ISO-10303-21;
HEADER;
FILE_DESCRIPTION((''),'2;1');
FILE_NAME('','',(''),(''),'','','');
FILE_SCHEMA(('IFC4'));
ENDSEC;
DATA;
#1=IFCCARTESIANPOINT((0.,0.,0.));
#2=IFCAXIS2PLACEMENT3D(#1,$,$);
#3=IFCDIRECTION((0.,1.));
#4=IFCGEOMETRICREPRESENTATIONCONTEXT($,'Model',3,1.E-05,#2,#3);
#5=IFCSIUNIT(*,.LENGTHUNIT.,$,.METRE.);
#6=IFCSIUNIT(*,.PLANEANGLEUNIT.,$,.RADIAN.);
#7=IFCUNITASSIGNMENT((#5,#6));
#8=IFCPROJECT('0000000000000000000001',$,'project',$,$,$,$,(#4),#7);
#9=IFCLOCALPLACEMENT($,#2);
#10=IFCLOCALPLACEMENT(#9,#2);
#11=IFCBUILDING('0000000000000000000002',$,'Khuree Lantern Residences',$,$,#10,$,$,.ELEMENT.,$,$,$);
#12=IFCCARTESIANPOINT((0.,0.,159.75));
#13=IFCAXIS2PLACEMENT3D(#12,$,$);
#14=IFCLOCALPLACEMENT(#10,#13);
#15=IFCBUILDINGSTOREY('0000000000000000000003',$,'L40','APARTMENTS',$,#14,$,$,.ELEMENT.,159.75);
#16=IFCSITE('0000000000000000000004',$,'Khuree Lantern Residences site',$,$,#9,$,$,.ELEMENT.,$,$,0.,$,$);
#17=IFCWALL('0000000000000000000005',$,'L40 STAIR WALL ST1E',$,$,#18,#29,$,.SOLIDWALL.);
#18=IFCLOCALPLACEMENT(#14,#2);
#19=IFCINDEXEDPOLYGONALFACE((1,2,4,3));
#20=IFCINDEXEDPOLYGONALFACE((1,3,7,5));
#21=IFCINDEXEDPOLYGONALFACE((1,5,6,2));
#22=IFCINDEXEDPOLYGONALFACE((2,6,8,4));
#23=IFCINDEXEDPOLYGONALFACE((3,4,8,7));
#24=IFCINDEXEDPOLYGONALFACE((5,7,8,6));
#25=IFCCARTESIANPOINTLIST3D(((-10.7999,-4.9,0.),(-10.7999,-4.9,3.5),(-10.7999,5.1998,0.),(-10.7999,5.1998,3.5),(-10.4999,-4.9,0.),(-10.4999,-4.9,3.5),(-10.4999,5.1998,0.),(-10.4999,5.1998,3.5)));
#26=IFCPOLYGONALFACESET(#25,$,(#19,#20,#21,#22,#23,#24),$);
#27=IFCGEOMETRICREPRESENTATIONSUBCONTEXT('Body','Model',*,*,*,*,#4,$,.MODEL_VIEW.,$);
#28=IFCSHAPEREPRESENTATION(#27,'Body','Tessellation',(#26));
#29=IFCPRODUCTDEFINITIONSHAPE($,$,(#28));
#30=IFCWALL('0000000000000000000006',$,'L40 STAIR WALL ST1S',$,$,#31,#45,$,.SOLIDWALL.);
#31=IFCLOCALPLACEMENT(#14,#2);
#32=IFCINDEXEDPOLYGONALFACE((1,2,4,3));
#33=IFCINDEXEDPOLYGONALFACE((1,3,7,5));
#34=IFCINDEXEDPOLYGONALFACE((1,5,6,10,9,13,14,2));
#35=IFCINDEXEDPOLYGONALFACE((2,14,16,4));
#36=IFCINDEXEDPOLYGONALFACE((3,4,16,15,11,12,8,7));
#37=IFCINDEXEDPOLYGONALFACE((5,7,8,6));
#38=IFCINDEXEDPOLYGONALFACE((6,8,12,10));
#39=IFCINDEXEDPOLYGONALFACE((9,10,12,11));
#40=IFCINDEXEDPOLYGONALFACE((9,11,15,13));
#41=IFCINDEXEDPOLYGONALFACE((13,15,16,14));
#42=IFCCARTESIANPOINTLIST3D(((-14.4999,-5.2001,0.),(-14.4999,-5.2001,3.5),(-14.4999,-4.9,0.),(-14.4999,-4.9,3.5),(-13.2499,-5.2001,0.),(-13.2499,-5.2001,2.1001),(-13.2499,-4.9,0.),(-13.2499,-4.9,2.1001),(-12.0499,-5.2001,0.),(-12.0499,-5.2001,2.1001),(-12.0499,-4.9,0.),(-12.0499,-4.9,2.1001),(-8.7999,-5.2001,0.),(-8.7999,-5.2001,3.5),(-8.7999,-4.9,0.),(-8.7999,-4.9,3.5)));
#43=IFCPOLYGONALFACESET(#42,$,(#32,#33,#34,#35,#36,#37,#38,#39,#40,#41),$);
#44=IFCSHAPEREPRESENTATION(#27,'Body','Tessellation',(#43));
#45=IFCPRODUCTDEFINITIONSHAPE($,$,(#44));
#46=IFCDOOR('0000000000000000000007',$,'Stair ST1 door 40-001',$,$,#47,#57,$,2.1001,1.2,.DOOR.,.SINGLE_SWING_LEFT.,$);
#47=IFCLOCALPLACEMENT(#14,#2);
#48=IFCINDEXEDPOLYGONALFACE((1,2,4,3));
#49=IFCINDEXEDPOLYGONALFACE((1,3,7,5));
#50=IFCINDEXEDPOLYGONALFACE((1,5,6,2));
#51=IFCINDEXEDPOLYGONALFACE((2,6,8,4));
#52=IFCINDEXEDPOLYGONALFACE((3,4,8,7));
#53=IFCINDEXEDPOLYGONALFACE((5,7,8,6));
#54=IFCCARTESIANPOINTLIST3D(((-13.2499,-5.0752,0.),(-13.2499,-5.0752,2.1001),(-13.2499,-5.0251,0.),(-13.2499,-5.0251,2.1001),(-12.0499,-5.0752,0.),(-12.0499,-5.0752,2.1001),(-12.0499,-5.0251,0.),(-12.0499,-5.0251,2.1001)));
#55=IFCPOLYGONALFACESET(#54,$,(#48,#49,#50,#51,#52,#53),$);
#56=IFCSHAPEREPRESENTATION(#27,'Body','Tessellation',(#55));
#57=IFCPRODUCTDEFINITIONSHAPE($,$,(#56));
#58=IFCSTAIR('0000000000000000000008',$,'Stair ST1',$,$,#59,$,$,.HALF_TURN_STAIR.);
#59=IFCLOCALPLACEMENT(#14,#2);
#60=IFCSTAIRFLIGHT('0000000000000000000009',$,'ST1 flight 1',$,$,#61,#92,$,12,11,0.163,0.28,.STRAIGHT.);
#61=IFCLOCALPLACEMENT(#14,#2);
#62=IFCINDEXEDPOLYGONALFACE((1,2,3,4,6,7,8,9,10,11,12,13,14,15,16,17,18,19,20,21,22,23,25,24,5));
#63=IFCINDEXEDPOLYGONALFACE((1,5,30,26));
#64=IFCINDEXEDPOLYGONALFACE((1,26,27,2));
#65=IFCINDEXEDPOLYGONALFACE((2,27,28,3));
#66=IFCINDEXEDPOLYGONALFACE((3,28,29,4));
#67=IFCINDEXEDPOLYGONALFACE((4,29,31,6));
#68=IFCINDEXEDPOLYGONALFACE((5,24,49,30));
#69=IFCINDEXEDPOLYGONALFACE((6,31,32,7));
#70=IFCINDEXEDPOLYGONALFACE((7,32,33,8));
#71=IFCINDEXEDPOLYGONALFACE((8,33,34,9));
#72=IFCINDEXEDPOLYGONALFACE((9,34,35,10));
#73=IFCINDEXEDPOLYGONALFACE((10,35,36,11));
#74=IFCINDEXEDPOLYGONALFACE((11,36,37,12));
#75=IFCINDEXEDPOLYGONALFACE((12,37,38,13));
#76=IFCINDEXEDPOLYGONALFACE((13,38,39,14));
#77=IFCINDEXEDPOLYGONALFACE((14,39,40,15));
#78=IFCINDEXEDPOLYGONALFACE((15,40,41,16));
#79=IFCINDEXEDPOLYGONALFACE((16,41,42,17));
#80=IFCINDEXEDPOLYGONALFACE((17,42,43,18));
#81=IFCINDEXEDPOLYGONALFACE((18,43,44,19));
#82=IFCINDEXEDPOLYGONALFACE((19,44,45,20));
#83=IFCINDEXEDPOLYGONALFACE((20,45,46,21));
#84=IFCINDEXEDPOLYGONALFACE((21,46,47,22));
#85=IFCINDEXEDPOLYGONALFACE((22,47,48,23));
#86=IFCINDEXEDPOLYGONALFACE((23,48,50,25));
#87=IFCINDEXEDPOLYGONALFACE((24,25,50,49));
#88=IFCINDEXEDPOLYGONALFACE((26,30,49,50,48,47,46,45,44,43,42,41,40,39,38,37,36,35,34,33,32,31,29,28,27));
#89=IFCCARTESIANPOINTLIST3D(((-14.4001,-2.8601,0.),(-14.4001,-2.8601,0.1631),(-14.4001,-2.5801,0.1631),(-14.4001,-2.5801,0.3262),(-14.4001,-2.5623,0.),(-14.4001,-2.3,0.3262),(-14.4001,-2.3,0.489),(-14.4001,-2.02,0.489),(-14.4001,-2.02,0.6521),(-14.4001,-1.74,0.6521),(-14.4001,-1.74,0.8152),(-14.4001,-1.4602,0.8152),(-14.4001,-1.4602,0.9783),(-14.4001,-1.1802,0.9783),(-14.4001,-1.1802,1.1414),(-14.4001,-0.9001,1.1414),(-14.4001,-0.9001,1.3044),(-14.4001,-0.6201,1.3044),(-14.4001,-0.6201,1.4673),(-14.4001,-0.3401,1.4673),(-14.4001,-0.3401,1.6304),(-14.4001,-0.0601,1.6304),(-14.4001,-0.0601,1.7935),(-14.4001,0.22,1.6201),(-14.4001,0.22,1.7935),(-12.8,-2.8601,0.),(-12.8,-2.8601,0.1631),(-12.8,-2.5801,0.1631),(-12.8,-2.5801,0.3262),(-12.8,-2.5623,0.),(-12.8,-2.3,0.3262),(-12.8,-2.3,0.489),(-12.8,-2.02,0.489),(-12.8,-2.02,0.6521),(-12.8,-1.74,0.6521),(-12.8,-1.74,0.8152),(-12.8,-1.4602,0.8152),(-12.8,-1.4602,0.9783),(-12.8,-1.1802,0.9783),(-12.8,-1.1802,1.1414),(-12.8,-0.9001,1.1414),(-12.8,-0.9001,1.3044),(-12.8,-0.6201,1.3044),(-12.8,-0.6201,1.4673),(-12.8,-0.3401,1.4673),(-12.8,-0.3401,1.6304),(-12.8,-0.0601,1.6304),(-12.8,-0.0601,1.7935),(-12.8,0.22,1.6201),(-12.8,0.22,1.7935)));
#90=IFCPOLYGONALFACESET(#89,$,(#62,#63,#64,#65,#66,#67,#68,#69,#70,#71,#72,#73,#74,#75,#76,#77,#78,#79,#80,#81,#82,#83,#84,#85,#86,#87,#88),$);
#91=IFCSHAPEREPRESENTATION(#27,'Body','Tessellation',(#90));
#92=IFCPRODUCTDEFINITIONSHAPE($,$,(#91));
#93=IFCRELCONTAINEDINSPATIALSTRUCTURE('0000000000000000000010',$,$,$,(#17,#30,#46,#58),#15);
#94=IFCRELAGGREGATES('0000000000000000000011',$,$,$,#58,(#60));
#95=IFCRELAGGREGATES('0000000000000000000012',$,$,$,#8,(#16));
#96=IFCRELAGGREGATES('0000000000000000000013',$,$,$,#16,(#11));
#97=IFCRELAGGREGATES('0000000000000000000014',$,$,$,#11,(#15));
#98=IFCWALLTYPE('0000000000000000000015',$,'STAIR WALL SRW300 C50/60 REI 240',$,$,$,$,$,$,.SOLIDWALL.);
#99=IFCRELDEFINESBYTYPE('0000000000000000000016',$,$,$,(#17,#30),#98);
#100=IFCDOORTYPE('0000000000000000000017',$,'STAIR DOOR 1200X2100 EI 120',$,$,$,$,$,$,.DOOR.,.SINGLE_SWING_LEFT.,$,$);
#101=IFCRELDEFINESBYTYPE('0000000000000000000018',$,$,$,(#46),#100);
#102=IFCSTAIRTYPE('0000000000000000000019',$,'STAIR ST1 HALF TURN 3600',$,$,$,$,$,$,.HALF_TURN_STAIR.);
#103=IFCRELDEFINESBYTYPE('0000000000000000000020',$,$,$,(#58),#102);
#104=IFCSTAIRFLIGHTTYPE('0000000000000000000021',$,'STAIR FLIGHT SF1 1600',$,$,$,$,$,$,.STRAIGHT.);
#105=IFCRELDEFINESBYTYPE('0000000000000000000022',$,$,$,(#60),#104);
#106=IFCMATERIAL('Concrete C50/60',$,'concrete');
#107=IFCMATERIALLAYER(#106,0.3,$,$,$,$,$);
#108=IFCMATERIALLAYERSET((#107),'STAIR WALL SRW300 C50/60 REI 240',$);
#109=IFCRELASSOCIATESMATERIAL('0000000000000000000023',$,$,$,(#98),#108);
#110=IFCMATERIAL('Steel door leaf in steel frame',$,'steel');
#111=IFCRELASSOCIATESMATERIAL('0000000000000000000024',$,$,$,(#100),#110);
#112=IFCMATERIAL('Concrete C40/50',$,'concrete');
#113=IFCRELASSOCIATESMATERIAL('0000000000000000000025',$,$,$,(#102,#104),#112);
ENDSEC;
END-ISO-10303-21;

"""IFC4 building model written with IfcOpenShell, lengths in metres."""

from ifc_helpers import new_model, si_unit, direction, frame, frame_2d, origin, place, context, subcontext, project, spatial, polyline, rectangle, outline, extrude, material, layer, layer_set, type_object, element, fill, aggregate, save


model = new_model("IFC4")

# Units and contexts
model_context = context("Model", 3, precision=1e-05, world=origin(), true_north=direction((0.0, 1.0)))
body_context = subcontext(model_context, "Body", "Model", "MODEL_VIEW")
ifc_project = project(units=[si_unit("LENGTHUNIT", "METRE"), si_unit("PLANEANGLEUNIT", "RADIAN")], contexts=[model_context])

# Site, building, storey
site_placement = place(None, origin())
site = spatial("IfcSite", under=ifc_project, at=site_placement, Name="Khuree Lantern Residences site", CompositionType="ELEMENT", RefElevation=0.0)
building_placement = place(site_placement, origin())
building = spatial("IfcBuilding", under=site, at=building_placement, Name="Khuree Lantern Residences", CompositionType="ELEMENT")
storey_placement = place(building_placement, frame((0.0, 0.0, 159.75)))
storey = spatial("IfcBuildingStorey", under=building, at=storey_placement, Name="L40", Description="APARTMENTS", CompositionType="ELEMENT", Elevation=159.75)

# Shared definitions
ifc_material_1 = material(Name="Steel door leaf in steel frame", Category="steel")

# Wall
ifc_material_2 = material(Name="Concrete C50/60", Category="concrete")
ifc_layer_1 = layer(ifc_material_2, 0.3)
ifc_layer_set_1 = layer_set([ifc_layer_1], Name="STAIR WALL SRW300 C50/60 REI 240")
wall_type_1 = type_object("IfcWallType", Name="STAIR WALL SRW300 C50/60 REI 240", PredefinedType="SOLIDWALL", material=ifc_layer_set_1)
wall_1_placement = place(storey_placement, frame((-10.6499, -4.8999, 0.0), z_axis=(0.0, 0.0, 1.0), x_axis=(0.0, 1.0, 0.0)))
element("IfcWall", 1, at=wall_1_placement, inside=storey, type_object=wall_type_1, Name="L40 STAIR WALL ST1E", PredefinedType="SOLIDWALL", context=body_context, shape_type="SweptSolid", body=[
    extrude(rectangle(XDim=10.0999, YDim=0.3, at=frame_2d((5.0498, 0.0))), origin(), (0.0, 0.0, 1.0), 3.5),
])

# Wall, opening, door
wall_2_placement = place(storey_placement, frame((-14.5, -5.05, 0.0), z_axis=(0.0, 0.0, 1.0), x_axis=(1.0, 0.0, 0.0)))
wall_2 = element("IfcWall", 2, at=wall_2_placement, inside=storey, type_object=wall_type_1, Name="L40 STAIR WALL ST1S", PredefinedType="SOLIDWALL", context=body_context, shape_type="SweptSolid", body=[
    extrude(rectangle(XDim=5.7, YDim=0.3, at=frame_2d((2.8501, 0.0))), origin(), (0.0, 0.0, 1.0), 3.5),
])
opening_1_placement = place(wall_2_placement, frame((1.25, 0.0, 0.0)))
opening_1 = element("IfcOpeningElement", 3, at=opening_1_placement, cuts=wall_2, PredefinedType="OPENING", context=body_context, shape_type="SweptSolid", body=[
    extrude(rectangle(XDim=1.2, YDim=2.1001, at=frame_2d((0.6001, 1.05))), frame((0.0, 0.1602, 0.0), z_axis=(0.0, -1.0, 0.0), x_axis=(1.0, 0.0, 0.0)), (0.0, 0.0, 1.0), 0.3201),
])
door_type_1 = type_object("IfcDoorType", Name="STAIR DOOR 1200X2100 EI 120", OperationType="SINGLE_SWING_LEFT", PredefinedType="DOOR", material=ifc_material_1)
door_1_placement = place(opening_1_placement, origin())
door_1 = element("IfcDoor", 4, at=door_1_placement, inside=storey, type_object=door_type_1, Name="Stair ST1 door 40-001", OperationType="SINGLE_SWING_LEFT", OverallHeight=2.1001, OverallWidth=1.2, PredefinedType="DOOR", context=body_context, shape_type="SweptSolid", body=[
    extrude(rectangle(XDim=1.2, YDim=2.1001, at=frame_2d((0.6001, 1.05))), frame((0.0, 0.0249, 0.0), z_axis=(0.0, -1.0, 0.0), x_axis=(1.0, 0.0, 0.0)), (0.0, 0.0, 1.0), 0.05),
])
fill(opening_1, door_1)

# Stair, stair flight
ifc_material_3 = material(Name="Concrete C40/50", Category="concrete")
stair_type = type_object("IfcStairType", Name="STAIR ST1 HALF TURN 3600", PredefinedType="HALF_TURN_STAIR", material=ifc_material_3)
stair_placement = place(storey_placement, origin())
stair = element("IfcStair", 5, at=stair_placement, inside=storey, type_object=stair_type, Name="Stair ST1", PredefinedType="HALF_TURN_STAIR")
stair_flight_type = type_object("IfcStairFlightType", Name="STAIR FLIGHT SF1 1600", PredefinedType="STRAIGHT", material=ifc_material_3)
stair_flight_placement = place(storey_placement, frame((-13.6001, -2.8601, 0.0), z_axis=(0.0, 0.0, 1.0), x_axis=(0.0, 1.0, 0.0)))
stair_flight = element("IfcStairFlight", 6, at=stair_flight_placement, type_object=stair_flight_type, Name="ST1 flight 1", NumberOfRisers=12, NumberOfTreads=11, PredefinedType="STRAIGHT", RiserHeight=0.163, TreadLength=0.28, context=body_context, shape_type="SweptSolid", body=[
    extrude(outline(polyline([(0.0, 0.0), (0.0, 0.1631), (0.28, 0.1631), (0.28, 0.3262), (0.5601, 0.3262), (0.5601, 0.489), (0.8401, 0.489), (0.8401, 0.6521), (1.1201, 0.6521), (1.1201, 0.8152), (1.3999, 0.8152), (1.3999, 0.9783), (1.6799, 0.9783), (1.6799, 1.1414), (1.96, 1.1414), (1.96, 1.3044), (2.24, 1.3044), (2.24, 1.4673), (2.52, 1.4673), (2.52, 1.6304), (2.8, 1.6304), (2.8, 1.7935), (3.0801, 1.7935), (3.0801, 1.9565), (3.0801, 1.6201), (0.2979, 0.0), (0.0, 0.0)])), frame((0.0, 0.8, 0.0), z_axis=(0.0, -1.0, 0.0), x_axis=(1.0, 0.0, 0.0)), (0.0, 0.0, 1.0), 1.6001),
])
aggregate(stair, [stair_flight])

save(model, "model.ifc")
